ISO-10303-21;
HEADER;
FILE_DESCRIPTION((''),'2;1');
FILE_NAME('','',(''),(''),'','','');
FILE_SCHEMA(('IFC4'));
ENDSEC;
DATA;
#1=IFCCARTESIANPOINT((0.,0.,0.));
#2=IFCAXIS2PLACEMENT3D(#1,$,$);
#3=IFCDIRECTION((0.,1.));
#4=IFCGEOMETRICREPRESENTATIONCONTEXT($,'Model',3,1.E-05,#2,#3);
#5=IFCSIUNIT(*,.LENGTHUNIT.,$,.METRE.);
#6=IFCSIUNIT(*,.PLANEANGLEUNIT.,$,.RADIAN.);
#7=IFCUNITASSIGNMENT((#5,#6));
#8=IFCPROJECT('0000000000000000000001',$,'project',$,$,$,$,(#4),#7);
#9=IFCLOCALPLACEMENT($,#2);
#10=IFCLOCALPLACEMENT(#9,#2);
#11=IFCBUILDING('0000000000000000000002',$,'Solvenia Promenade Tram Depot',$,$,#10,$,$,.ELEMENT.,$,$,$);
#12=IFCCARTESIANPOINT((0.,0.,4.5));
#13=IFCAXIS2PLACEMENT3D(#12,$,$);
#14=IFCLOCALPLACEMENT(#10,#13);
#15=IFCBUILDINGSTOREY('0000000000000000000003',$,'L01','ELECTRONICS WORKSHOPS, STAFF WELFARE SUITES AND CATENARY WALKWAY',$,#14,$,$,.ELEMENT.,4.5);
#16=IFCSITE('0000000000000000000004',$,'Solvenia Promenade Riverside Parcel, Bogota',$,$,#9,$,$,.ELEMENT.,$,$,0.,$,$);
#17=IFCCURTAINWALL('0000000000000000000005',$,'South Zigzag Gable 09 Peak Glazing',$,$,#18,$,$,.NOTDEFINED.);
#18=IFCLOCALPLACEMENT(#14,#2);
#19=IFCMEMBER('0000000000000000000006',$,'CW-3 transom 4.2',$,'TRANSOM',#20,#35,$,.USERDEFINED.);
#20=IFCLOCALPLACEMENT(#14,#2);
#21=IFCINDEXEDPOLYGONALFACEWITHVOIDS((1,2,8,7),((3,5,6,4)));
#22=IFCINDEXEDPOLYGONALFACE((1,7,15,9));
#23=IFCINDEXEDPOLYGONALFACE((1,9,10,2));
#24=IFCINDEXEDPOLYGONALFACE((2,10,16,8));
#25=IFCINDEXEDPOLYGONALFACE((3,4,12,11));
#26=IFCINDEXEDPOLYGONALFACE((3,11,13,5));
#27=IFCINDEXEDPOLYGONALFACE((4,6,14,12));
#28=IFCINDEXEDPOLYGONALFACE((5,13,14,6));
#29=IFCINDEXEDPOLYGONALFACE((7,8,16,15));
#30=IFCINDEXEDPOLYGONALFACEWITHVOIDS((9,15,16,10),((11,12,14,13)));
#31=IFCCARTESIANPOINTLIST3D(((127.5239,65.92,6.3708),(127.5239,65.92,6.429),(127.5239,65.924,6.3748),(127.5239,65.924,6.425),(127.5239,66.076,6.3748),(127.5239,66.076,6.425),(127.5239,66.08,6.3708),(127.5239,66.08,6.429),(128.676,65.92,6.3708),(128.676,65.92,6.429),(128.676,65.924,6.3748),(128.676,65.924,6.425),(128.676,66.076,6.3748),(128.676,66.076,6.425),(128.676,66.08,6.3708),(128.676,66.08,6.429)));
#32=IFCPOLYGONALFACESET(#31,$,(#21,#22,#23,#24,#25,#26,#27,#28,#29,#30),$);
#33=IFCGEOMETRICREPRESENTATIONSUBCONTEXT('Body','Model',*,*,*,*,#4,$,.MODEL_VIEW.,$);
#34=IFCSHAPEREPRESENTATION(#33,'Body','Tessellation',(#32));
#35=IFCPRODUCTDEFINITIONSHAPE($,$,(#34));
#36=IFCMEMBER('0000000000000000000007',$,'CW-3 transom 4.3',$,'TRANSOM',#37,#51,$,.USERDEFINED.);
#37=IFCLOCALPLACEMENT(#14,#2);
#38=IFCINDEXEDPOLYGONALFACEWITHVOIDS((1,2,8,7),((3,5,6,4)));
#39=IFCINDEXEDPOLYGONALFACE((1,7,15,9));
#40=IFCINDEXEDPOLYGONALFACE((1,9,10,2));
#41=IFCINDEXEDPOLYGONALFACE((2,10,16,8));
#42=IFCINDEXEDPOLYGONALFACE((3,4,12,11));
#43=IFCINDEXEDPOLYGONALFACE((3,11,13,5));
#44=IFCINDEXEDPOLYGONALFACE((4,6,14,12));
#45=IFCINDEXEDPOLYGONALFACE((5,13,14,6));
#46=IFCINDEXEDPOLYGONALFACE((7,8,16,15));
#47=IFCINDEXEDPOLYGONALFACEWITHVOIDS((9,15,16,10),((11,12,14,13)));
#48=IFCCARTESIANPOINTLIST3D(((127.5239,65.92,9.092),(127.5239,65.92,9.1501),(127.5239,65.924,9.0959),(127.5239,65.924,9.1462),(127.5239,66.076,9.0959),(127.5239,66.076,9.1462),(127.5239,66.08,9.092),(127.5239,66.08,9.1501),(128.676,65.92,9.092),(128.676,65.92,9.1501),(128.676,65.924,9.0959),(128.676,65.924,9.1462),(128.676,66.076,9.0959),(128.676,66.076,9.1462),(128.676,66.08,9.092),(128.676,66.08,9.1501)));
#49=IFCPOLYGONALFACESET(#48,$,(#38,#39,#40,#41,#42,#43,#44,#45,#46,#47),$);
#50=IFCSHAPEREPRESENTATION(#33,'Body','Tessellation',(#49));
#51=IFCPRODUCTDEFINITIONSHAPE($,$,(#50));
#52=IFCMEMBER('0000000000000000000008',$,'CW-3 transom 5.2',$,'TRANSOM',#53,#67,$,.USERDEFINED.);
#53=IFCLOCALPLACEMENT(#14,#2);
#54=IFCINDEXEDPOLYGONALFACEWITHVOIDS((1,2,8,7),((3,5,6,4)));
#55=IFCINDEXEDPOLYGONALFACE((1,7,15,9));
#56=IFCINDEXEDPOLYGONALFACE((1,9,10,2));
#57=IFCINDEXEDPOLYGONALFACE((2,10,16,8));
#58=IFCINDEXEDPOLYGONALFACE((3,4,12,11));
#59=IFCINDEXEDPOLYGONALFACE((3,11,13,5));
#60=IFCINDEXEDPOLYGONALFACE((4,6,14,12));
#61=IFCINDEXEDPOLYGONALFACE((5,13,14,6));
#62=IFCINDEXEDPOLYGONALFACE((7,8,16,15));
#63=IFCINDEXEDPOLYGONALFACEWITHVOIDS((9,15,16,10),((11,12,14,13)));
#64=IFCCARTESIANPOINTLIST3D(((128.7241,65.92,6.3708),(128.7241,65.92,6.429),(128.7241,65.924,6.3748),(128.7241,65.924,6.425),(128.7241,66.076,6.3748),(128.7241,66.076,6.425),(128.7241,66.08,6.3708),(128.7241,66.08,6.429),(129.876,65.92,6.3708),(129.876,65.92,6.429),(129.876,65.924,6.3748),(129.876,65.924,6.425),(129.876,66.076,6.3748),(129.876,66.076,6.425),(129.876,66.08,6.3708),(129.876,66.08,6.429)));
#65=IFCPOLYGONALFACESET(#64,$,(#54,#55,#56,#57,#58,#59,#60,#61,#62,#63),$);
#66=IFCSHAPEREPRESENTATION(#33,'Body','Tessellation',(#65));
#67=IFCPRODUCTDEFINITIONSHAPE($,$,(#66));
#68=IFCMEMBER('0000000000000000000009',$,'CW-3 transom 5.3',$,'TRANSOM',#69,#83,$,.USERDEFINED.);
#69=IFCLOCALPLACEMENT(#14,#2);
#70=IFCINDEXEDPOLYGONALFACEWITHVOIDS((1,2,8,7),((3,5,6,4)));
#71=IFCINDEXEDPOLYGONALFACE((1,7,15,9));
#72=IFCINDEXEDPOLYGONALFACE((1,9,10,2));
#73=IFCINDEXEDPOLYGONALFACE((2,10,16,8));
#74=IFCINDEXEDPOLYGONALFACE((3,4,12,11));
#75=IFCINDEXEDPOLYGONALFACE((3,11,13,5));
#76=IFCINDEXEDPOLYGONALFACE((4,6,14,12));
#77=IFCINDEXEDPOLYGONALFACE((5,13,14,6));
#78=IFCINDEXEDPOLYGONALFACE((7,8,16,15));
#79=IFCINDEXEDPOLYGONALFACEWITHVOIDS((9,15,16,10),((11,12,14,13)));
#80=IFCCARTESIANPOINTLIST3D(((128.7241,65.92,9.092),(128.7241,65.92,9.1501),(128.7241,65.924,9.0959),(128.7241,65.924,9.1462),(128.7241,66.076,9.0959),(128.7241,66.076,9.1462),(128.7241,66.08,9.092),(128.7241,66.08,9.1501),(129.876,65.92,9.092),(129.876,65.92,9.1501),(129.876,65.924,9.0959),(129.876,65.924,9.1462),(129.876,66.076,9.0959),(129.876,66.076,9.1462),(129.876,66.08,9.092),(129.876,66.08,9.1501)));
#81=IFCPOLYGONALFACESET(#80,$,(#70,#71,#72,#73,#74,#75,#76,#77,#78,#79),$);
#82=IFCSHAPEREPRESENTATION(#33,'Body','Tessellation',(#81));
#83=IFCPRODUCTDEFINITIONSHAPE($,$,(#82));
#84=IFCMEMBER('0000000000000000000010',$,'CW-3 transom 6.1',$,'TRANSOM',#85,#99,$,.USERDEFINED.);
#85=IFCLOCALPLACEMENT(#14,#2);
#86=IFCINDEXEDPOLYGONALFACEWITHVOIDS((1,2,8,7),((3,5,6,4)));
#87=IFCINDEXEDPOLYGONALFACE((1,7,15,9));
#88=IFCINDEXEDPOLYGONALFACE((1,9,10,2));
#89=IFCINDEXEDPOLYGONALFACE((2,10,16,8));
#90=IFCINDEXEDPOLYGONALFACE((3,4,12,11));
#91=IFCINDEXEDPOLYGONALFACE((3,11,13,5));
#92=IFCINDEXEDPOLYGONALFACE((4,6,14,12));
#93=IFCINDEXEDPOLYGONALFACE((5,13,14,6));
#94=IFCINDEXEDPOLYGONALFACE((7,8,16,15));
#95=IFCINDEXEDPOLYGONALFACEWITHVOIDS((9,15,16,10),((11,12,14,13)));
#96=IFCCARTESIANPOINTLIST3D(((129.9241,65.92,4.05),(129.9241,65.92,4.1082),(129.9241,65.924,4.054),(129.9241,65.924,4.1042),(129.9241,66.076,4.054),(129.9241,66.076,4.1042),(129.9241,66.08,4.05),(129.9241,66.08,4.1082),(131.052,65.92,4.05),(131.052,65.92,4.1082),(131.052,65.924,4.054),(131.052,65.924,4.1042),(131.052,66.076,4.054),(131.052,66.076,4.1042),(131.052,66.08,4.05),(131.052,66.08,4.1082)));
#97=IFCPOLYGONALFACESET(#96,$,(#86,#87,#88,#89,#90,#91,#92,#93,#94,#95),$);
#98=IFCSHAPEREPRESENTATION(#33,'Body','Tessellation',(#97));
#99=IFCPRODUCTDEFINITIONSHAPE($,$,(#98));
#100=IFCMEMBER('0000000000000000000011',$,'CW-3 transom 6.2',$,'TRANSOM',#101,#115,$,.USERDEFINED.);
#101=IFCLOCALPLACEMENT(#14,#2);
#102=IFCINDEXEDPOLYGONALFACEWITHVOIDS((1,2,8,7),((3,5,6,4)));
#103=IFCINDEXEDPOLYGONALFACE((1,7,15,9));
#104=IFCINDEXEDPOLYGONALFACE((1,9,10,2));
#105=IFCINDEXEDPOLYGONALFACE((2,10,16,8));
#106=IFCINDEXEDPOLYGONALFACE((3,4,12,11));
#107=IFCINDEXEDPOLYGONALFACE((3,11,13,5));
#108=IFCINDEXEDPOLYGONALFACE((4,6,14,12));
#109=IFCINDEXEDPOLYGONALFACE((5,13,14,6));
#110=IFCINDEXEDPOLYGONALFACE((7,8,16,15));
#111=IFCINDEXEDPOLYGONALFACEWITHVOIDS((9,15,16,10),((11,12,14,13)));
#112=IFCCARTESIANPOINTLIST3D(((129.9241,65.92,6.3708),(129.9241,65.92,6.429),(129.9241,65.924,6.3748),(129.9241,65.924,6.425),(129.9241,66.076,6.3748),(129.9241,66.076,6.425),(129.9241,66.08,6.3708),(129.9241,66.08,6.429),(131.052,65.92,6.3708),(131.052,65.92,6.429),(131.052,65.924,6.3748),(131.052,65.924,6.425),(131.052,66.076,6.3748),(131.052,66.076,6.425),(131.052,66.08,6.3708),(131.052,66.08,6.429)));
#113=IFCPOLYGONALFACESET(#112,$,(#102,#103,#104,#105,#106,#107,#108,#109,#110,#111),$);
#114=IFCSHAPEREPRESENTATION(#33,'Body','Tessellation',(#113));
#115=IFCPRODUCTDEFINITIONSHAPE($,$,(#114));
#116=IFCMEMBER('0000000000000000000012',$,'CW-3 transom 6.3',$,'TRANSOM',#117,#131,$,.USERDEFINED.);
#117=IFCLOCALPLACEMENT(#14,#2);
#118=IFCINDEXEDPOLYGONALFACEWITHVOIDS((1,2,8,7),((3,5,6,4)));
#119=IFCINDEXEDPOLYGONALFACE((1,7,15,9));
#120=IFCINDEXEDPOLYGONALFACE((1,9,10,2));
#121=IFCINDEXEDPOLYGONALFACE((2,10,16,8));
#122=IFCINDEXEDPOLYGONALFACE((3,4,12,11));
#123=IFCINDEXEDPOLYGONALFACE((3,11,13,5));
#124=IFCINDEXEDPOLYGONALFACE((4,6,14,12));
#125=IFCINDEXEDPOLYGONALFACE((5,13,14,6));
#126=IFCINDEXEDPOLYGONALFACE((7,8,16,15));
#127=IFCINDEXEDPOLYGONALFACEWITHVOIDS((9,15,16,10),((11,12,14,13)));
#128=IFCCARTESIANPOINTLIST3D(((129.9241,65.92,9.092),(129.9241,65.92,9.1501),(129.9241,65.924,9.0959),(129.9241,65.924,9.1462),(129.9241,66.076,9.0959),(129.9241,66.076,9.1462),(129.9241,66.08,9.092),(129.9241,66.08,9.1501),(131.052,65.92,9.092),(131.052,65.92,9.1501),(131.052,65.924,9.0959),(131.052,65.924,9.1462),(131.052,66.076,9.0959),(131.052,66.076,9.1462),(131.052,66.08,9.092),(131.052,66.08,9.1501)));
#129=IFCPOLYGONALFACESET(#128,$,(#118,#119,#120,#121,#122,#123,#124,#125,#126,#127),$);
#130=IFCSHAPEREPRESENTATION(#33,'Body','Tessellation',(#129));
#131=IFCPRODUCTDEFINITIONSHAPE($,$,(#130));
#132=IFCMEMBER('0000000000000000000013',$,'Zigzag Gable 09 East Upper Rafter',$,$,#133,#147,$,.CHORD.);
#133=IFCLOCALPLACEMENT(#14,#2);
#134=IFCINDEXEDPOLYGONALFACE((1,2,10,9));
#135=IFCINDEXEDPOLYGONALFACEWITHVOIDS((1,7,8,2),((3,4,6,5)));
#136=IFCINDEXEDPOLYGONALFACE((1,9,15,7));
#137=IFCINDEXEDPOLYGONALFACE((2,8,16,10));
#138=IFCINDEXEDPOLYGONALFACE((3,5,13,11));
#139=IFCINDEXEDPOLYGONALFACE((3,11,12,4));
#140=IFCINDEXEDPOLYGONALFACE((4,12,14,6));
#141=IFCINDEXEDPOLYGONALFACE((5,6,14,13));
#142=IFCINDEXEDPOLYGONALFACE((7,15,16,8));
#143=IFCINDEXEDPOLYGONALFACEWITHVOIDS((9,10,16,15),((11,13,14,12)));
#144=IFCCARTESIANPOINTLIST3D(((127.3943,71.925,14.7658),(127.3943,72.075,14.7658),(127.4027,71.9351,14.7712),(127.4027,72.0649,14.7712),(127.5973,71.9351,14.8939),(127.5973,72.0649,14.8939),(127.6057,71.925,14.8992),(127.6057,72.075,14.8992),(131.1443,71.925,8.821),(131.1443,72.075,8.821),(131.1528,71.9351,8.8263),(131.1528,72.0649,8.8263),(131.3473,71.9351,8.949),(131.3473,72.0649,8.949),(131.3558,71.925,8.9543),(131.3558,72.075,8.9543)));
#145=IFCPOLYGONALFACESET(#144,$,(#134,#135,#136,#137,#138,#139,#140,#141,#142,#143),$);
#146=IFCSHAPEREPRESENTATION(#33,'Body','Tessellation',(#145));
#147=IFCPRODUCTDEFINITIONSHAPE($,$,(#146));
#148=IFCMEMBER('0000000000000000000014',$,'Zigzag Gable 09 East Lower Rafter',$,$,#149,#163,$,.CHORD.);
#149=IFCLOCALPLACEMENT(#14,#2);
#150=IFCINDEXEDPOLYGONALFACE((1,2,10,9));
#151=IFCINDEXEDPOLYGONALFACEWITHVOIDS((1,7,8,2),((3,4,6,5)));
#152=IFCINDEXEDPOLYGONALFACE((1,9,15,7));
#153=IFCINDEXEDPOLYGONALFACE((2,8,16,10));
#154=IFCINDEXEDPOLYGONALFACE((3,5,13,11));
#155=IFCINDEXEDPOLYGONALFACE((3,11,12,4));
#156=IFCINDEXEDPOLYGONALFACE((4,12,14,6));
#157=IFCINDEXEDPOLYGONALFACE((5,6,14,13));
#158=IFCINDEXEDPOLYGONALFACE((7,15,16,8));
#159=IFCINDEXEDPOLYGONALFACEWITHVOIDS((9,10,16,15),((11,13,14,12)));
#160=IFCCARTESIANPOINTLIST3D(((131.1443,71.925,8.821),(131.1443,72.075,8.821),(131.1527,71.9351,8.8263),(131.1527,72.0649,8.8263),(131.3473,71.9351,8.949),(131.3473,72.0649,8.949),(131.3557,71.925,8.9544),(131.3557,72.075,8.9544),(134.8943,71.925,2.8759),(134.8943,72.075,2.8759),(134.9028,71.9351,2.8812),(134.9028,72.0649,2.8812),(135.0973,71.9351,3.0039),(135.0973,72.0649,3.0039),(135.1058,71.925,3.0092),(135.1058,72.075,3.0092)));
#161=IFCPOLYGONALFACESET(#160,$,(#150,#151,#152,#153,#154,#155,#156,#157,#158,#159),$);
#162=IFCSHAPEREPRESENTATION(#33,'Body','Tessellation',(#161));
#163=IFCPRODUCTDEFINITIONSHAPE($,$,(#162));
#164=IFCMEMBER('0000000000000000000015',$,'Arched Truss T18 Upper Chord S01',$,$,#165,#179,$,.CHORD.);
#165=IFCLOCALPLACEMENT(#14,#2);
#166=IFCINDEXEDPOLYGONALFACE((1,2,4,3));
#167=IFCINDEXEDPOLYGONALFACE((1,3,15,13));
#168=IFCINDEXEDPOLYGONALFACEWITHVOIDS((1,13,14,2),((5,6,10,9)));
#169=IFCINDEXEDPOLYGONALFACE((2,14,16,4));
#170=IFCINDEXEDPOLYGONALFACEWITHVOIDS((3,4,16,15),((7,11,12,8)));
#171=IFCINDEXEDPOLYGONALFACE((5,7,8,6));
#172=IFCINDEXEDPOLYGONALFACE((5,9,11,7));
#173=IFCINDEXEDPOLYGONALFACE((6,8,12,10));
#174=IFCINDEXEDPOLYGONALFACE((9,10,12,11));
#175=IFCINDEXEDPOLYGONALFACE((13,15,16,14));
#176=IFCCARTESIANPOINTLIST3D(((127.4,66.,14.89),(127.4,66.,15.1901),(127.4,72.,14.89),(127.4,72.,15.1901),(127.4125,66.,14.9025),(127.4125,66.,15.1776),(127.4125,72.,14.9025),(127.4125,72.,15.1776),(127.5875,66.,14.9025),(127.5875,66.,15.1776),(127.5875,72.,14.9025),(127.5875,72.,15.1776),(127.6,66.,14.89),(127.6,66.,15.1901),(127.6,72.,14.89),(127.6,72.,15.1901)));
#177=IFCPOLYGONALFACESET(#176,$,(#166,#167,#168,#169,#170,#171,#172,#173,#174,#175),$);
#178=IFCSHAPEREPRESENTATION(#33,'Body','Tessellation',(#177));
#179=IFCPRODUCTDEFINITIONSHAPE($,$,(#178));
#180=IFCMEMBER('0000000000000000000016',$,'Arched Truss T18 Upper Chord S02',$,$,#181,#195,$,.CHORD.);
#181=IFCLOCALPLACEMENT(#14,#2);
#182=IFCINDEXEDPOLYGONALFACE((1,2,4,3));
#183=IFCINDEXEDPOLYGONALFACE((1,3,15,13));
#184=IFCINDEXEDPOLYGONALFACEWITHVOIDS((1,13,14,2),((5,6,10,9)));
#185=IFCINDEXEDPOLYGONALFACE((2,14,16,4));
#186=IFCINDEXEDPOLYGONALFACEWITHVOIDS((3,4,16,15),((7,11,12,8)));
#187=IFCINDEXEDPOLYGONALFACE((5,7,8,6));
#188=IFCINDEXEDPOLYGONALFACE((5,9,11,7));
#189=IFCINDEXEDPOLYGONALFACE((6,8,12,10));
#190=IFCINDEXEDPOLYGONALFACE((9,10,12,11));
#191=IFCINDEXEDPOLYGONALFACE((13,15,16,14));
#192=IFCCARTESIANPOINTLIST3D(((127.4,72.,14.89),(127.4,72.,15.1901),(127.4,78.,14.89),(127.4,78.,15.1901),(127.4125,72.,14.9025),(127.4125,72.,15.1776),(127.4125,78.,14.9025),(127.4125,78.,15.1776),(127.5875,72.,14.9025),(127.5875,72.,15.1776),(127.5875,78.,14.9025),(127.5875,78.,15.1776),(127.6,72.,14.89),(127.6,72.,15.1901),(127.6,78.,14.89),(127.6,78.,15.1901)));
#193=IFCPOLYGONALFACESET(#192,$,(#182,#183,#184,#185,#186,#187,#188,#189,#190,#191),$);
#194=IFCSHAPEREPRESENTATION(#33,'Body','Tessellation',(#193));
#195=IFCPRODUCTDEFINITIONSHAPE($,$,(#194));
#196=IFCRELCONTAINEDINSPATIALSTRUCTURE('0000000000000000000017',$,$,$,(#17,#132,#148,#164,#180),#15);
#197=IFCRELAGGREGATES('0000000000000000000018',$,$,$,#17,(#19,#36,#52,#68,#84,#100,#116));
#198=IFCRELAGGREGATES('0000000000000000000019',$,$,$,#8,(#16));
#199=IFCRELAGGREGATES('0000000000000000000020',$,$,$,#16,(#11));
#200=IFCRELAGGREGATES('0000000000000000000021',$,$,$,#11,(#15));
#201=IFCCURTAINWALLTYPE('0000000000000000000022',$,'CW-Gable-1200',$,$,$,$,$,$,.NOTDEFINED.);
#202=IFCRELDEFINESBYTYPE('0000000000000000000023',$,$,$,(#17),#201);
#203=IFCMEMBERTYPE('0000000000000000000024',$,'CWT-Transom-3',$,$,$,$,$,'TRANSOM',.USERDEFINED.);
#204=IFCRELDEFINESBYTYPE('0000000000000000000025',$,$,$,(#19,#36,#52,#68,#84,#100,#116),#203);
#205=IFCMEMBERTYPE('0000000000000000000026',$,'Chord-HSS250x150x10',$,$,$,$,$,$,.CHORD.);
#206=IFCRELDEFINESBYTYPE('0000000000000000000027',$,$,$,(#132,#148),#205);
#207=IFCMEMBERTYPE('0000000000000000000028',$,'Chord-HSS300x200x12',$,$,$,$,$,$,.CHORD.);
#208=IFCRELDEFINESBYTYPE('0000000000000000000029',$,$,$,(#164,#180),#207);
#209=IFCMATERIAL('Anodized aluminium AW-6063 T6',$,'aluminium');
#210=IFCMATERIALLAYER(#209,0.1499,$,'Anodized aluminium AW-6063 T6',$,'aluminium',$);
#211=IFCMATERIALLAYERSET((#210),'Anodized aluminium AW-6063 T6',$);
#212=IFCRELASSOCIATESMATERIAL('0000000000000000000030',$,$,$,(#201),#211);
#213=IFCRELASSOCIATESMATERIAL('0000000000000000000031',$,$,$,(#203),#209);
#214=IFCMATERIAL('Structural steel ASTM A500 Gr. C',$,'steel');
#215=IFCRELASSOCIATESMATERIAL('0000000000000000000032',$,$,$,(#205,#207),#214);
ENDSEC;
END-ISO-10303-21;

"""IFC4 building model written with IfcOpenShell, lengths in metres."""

from ifc_helpers import new_model, si_unit, direction, frame, origin, origin_2d, place, context, subcontext, project, spatial, hollow_rectangle, extrude, material, layer, layer_set, material_profile, profile_set, type_object, element, aggregate, save


model = new_model("IFC4")

# Units and contexts
model_context = context("Model", 3, precision=1e-05, world=origin(), true_north=direction((0.0, 1.0)))
body_context = subcontext(model_context, "Body", "Model", "MODEL_VIEW")
ifc_project = project(units=[si_unit("LENGTHUNIT", "METRE"), si_unit("PLANEANGLEUNIT", "RADIAN")], contexts=[model_context])

# Site, building, storey
site_placement = place(None, origin())
site = spatial("IfcSite", under=ifc_project, at=site_placement, Name="Solvenia Promenade Riverside Parcel, Bogota", CompositionType="ELEMENT", RefElevation=0.0)
building_placement = place(site_placement, origin())
building = spatial("IfcBuilding", under=site, at=building_placement, Name="Solvenia Promenade Tram Depot", CompositionType="ELEMENT")
storey_placement = place(building_placement, frame((0.0, 0.0, 4.5)))
storey = spatial("IfcBuildingStorey", under=building, at=storey_placement, Name="L01", Description="ELECTRONICS WORKSHOPS, STAFF WELFARE SUITES AND CATENARY WALKWAY", CompositionType="ELEMENT", Elevation=4.5)

# Curtain wall, members
ifc_material_1 = material(Name="Anodized aluminium AW-6063 T6", Category="aluminium")
ifc_layer_1 = layer(ifc_material_1, 0.1499, Name="Anodized aluminium AW-6063 T6", Category="aluminium")
ifc_layer_set_1 = layer_set([ifc_layer_1], Name="Anodized aluminium AW-6063 T6")
curtain_wall_type = type_object("IfcCurtainWallType", Name="CW-Gable-1200", PredefinedType="NOTDEFINED", material=ifc_layer_set_1)
curtain_wall_placement = place(storey_placement, origin())
curtain_wall = element("IfcCurtainWall", 1, at=curtain_wall_placement, inside=storey, type_object=curtain_wall_type, Name="South Zigzag Gable 09 Peak Glazing", PredefinedType="NOTDEFINED")
ifc_material_profile_1 = material_profile(ifc_material_1, hollow_rectangle(XDim=0.1599, YDim=0.0581, WallThickness=0.0039, at=origin_2d()), Name="ALU-T3", Category="aluminium")
ifc_profile_set_1 = profile_set([ifc_material_profile_1], Name="Anodized aluminium AW-6063 T6")
member_type_1 = type_object("IfcMemberType", Name="CWT-Transom-3", ElementType="TRANSOM", PredefinedType="USERDEFINED", material=ifc_profile_set_1)
member_1_placement = place(storey_placement, frame((127.5239, 66.0, 6.3999), z_axis=(1.0, 0.0, 0.0), x_axis=(0.0, 1.0, 0.0)))
member_1 = element("IfcMember", 2, at=member_1_placement, type_object=member_type_1, Name="CW-3 transom 4.2", ObjectType="TRANSOM", PredefinedType="USERDEFINED", context=body_context, shape_type="SweptSolid", body=[
    extrude(hollow_rectangle(XDim=0.1599, YDim=0.0581, WallThickness=0.0039, at=origin_2d()), origin(), (0.0, 0.0, 1.0), 1.1521),
])
member_2_placement = place(storey_placement, frame((127.5239, 66.0, 9.1211), z_axis=(1.0, 0.0, 0.0), x_axis=(0.0, 1.0, 0.0)))
member_2 = element("IfcMember", 3, at=member_2_placement, type_object=member_type_1, Name="CW-3 transom 4.3", ObjectType="TRANSOM", PredefinedType="USERDEFINED", context=body_context, shape_type="SweptSolid", body=[
    extrude(hollow_rectangle(XDim=0.1599, YDim=0.0581, WallThickness=0.0039, at=origin_2d()), origin(), (0.0, 0.0, 1.0), 1.1521),
])
member_3_placement = place(storey_placement, frame((128.7241, 66.0, 6.3999), z_axis=(1.0, 0.0, 0.0), x_axis=(0.0, 1.0, 0.0)))
member_3 = element("IfcMember", 4, at=member_3_placement, type_object=member_type_1, Name="CW-3 transom 5.2", ObjectType="TRANSOM", PredefinedType="USERDEFINED", context=body_context, shape_type="SweptSolid", body=[
    extrude(hollow_rectangle(XDim=0.1599, YDim=0.0581, WallThickness=0.0039, at=origin_2d()), origin(), (0.0, 0.0, 1.0), 1.1519),
])
member_4_placement = place(storey_placement, frame((128.7241, 66.0, 9.1211), z_axis=(1.0, 0.0, 0.0), x_axis=(0.0, 1.0, 0.0)))
member_4 = element("IfcMember", 5, at=member_4_placement, type_object=member_type_1, Name="CW-3 transom 5.3", ObjectType="TRANSOM", PredefinedType="USERDEFINED", context=body_context, shape_type="SweptSolid", body=[
    extrude(hollow_rectangle(XDim=0.1599, YDim=0.0581, WallThickness=0.0039, at=origin_2d()), origin(), (0.0, 0.0, 1.0), 1.1519),
])
member_5_placement = place(storey_placement, frame((129.9241, 66.0, 4.0791), z_axis=(1.0, 0.0, 0.0), x_axis=(0.0, 1.0, 0.0)))
member_5 = element("IfcMember", 6, at=member_5_placement, type_object=member_type_1, Name="CW-3 transom 6.1", ObjectType="TRANSOM", PredefinedType="USERDEFINED", context=body_context, shape_type="SweptSolid", body=[
    extrude(hollow_rectangle(XDim=0.1599, YDim=0.0581, WallThickness=0.0039, at=origin_2d()), origin(), (0.0, 0.0, 1.0), 1.1279),
])
member_6_placement = place(storey_placement, frame((129.9241, 66.0, 6.3999), z_axis=(1.0, 0.0, 0.0), x_axis=(0.0, 1.0, 0.0)))
member_6 = element("IfcMember", 7, at=member_6_placement, type_object=member_type_1, Name="CW-3 transom 6.2", ObjectType="TRANSOM", PredefinedType="USERDEFINED", context=body_context, shape_type="SweptSolid", body=[
    extrude(hollow_rectangle(XDim=0.1599, YDim=0.0581, WallThickness=0.0039, at=origin_2d()), origin(), (0.0, 0.0, 1.0), 1.1279),
])
member_7_placement = place(storey_placement, frame((129.9241, 66.0, 9.1211), z_axis=(1.0, 0.0, 0.0), x_axis=(0.0, 1.0, 0.0)))
member_7 = element("IfcMember", 8, at=member_7_placement, type_object=member_type_1, Name="CW-3 transom 6.3", ObjectType="TRANSOM", PredefinedType="USERDEFINED", context=body_context, shape_type="SweptSolid", body=[
    extrude(hollow_rectangle(XDim=0.1599, YDim=0.0581, WallThickness=0.0039, at=origin_2d()), origin(), (0.0, 0.0, 1.0), 1.1279),
])

# Members
ifc_material_2 = material(Name="Structural steel ASTM A500 Gr. C", Category="steel")
ifc_material_profile_2 = material_profile(ifc_material_2, hollow_rectangle(XDim=0.1499, YDim=0.25, WallThickness=0.01, at=origin_2d()), Name="HSS250x150x10", Category="steel")
ifc_profile_set_2 = profile_set([ifc_material_profile_2], Name="Structural steel ASTM A500 Gr. C")
member_type_2 = type_object("IfcMemberType", Name="Chord-HSS250x150x10", PredefinedType="CHORD", material=ifc_profile_set_2)
member_8_placement = place(storey_placement, frame((127.5, 72.0, 14.8325), z_axis=(0.533522, 0.0, -0.845786), x_axis=(0.0, 1.0, 0.0)))
element("IfcMember", 9, at=member_8_placement, inside=storey, type_object=member_type_2, Name="Zigzag Gable 09 East Upper Rafter", PredefinedType="CHORD", context=body_context, shape_type="SweptSolid", body=[
    extrude(hollow_rectangle(XDim=0.1499, YDim=0.25, WallThickness=0.01, at=origin_2d()), origin(), (0.0, 0.0, 1.0), 7.0288),
])
member_9_placement = place(storey_placement, frame((131.25, 72.0, 8.8877), z_axis=(0.533507, 0.0, -0.845796), x_axis=(0.0, 1.0, 0.0)))
element("IfcMember", 10, at=member_9_placement, inside=storey, type_object=member_type_2, Name="Zigzag Gable 09 East Lower Rafter", PredefinedType="CHORD", context=body_context, shape_type="SweptSolid", body=[
    extrude(hollow_rectangle(XDim=0.1499, YDim=0.25, WallThickness=0.01, at=origin_2d()), origin(), (0.0, 0.0, 1.0), 7.0291),
])
ifc_material_profile_3 = material_profile(ifc_material_2, hollow_rectangle(XDim=0.2, YDim=0.3, WallThickness=0.0125, at=origin_2d()), Name="HSS300x200x12.5", Category="steel")
ifc_profile_set_3 = profile_set([ifc_material_profile_3], Name="Structural steel ASTM A500 Gr. C")
member_type_3 = type_object("IfcMemberType", Name="Chord-HSS300x200x12", PredefinedType="CHORD", material=ifc_profile_set_3)
for number, where, z_axis, x_axis, name in (
    (11, (127.5, 66.0, 15.04), (0.0, 1.0, 0.0), (-1.0, 0.0, 0.0), "Arched Truss T18 Upper Chord S01"),
    (12, (127.5, 72.0, 15.04), (0.0, 1.0, 0.0), (-1.0, 0.0, 0.0), "Arched Truss T18 Upper Chord S02"),
):
    element("IfcMember", number, at=place(storey_placement, frame(where, z_axis=z_axis, x_axis=x_axis)), inside=storey, type_object=member_type_3, Name=name, PredefinedType="CHORD", context=body_context, shape_type="SweptSolid", body=[
        extrude(hollow_rectangle(XDim=0.2, YDim=0.3, WallThickness=0.0125, at=origin_2d()), origin(), (0.0, 0.0, 1.0), 6.0),
    ])

aggregate(curtain_wall, [member_1, member_2, member_3, member_4, member_5, member_6, member_7])

save(model, "model.ifc")
